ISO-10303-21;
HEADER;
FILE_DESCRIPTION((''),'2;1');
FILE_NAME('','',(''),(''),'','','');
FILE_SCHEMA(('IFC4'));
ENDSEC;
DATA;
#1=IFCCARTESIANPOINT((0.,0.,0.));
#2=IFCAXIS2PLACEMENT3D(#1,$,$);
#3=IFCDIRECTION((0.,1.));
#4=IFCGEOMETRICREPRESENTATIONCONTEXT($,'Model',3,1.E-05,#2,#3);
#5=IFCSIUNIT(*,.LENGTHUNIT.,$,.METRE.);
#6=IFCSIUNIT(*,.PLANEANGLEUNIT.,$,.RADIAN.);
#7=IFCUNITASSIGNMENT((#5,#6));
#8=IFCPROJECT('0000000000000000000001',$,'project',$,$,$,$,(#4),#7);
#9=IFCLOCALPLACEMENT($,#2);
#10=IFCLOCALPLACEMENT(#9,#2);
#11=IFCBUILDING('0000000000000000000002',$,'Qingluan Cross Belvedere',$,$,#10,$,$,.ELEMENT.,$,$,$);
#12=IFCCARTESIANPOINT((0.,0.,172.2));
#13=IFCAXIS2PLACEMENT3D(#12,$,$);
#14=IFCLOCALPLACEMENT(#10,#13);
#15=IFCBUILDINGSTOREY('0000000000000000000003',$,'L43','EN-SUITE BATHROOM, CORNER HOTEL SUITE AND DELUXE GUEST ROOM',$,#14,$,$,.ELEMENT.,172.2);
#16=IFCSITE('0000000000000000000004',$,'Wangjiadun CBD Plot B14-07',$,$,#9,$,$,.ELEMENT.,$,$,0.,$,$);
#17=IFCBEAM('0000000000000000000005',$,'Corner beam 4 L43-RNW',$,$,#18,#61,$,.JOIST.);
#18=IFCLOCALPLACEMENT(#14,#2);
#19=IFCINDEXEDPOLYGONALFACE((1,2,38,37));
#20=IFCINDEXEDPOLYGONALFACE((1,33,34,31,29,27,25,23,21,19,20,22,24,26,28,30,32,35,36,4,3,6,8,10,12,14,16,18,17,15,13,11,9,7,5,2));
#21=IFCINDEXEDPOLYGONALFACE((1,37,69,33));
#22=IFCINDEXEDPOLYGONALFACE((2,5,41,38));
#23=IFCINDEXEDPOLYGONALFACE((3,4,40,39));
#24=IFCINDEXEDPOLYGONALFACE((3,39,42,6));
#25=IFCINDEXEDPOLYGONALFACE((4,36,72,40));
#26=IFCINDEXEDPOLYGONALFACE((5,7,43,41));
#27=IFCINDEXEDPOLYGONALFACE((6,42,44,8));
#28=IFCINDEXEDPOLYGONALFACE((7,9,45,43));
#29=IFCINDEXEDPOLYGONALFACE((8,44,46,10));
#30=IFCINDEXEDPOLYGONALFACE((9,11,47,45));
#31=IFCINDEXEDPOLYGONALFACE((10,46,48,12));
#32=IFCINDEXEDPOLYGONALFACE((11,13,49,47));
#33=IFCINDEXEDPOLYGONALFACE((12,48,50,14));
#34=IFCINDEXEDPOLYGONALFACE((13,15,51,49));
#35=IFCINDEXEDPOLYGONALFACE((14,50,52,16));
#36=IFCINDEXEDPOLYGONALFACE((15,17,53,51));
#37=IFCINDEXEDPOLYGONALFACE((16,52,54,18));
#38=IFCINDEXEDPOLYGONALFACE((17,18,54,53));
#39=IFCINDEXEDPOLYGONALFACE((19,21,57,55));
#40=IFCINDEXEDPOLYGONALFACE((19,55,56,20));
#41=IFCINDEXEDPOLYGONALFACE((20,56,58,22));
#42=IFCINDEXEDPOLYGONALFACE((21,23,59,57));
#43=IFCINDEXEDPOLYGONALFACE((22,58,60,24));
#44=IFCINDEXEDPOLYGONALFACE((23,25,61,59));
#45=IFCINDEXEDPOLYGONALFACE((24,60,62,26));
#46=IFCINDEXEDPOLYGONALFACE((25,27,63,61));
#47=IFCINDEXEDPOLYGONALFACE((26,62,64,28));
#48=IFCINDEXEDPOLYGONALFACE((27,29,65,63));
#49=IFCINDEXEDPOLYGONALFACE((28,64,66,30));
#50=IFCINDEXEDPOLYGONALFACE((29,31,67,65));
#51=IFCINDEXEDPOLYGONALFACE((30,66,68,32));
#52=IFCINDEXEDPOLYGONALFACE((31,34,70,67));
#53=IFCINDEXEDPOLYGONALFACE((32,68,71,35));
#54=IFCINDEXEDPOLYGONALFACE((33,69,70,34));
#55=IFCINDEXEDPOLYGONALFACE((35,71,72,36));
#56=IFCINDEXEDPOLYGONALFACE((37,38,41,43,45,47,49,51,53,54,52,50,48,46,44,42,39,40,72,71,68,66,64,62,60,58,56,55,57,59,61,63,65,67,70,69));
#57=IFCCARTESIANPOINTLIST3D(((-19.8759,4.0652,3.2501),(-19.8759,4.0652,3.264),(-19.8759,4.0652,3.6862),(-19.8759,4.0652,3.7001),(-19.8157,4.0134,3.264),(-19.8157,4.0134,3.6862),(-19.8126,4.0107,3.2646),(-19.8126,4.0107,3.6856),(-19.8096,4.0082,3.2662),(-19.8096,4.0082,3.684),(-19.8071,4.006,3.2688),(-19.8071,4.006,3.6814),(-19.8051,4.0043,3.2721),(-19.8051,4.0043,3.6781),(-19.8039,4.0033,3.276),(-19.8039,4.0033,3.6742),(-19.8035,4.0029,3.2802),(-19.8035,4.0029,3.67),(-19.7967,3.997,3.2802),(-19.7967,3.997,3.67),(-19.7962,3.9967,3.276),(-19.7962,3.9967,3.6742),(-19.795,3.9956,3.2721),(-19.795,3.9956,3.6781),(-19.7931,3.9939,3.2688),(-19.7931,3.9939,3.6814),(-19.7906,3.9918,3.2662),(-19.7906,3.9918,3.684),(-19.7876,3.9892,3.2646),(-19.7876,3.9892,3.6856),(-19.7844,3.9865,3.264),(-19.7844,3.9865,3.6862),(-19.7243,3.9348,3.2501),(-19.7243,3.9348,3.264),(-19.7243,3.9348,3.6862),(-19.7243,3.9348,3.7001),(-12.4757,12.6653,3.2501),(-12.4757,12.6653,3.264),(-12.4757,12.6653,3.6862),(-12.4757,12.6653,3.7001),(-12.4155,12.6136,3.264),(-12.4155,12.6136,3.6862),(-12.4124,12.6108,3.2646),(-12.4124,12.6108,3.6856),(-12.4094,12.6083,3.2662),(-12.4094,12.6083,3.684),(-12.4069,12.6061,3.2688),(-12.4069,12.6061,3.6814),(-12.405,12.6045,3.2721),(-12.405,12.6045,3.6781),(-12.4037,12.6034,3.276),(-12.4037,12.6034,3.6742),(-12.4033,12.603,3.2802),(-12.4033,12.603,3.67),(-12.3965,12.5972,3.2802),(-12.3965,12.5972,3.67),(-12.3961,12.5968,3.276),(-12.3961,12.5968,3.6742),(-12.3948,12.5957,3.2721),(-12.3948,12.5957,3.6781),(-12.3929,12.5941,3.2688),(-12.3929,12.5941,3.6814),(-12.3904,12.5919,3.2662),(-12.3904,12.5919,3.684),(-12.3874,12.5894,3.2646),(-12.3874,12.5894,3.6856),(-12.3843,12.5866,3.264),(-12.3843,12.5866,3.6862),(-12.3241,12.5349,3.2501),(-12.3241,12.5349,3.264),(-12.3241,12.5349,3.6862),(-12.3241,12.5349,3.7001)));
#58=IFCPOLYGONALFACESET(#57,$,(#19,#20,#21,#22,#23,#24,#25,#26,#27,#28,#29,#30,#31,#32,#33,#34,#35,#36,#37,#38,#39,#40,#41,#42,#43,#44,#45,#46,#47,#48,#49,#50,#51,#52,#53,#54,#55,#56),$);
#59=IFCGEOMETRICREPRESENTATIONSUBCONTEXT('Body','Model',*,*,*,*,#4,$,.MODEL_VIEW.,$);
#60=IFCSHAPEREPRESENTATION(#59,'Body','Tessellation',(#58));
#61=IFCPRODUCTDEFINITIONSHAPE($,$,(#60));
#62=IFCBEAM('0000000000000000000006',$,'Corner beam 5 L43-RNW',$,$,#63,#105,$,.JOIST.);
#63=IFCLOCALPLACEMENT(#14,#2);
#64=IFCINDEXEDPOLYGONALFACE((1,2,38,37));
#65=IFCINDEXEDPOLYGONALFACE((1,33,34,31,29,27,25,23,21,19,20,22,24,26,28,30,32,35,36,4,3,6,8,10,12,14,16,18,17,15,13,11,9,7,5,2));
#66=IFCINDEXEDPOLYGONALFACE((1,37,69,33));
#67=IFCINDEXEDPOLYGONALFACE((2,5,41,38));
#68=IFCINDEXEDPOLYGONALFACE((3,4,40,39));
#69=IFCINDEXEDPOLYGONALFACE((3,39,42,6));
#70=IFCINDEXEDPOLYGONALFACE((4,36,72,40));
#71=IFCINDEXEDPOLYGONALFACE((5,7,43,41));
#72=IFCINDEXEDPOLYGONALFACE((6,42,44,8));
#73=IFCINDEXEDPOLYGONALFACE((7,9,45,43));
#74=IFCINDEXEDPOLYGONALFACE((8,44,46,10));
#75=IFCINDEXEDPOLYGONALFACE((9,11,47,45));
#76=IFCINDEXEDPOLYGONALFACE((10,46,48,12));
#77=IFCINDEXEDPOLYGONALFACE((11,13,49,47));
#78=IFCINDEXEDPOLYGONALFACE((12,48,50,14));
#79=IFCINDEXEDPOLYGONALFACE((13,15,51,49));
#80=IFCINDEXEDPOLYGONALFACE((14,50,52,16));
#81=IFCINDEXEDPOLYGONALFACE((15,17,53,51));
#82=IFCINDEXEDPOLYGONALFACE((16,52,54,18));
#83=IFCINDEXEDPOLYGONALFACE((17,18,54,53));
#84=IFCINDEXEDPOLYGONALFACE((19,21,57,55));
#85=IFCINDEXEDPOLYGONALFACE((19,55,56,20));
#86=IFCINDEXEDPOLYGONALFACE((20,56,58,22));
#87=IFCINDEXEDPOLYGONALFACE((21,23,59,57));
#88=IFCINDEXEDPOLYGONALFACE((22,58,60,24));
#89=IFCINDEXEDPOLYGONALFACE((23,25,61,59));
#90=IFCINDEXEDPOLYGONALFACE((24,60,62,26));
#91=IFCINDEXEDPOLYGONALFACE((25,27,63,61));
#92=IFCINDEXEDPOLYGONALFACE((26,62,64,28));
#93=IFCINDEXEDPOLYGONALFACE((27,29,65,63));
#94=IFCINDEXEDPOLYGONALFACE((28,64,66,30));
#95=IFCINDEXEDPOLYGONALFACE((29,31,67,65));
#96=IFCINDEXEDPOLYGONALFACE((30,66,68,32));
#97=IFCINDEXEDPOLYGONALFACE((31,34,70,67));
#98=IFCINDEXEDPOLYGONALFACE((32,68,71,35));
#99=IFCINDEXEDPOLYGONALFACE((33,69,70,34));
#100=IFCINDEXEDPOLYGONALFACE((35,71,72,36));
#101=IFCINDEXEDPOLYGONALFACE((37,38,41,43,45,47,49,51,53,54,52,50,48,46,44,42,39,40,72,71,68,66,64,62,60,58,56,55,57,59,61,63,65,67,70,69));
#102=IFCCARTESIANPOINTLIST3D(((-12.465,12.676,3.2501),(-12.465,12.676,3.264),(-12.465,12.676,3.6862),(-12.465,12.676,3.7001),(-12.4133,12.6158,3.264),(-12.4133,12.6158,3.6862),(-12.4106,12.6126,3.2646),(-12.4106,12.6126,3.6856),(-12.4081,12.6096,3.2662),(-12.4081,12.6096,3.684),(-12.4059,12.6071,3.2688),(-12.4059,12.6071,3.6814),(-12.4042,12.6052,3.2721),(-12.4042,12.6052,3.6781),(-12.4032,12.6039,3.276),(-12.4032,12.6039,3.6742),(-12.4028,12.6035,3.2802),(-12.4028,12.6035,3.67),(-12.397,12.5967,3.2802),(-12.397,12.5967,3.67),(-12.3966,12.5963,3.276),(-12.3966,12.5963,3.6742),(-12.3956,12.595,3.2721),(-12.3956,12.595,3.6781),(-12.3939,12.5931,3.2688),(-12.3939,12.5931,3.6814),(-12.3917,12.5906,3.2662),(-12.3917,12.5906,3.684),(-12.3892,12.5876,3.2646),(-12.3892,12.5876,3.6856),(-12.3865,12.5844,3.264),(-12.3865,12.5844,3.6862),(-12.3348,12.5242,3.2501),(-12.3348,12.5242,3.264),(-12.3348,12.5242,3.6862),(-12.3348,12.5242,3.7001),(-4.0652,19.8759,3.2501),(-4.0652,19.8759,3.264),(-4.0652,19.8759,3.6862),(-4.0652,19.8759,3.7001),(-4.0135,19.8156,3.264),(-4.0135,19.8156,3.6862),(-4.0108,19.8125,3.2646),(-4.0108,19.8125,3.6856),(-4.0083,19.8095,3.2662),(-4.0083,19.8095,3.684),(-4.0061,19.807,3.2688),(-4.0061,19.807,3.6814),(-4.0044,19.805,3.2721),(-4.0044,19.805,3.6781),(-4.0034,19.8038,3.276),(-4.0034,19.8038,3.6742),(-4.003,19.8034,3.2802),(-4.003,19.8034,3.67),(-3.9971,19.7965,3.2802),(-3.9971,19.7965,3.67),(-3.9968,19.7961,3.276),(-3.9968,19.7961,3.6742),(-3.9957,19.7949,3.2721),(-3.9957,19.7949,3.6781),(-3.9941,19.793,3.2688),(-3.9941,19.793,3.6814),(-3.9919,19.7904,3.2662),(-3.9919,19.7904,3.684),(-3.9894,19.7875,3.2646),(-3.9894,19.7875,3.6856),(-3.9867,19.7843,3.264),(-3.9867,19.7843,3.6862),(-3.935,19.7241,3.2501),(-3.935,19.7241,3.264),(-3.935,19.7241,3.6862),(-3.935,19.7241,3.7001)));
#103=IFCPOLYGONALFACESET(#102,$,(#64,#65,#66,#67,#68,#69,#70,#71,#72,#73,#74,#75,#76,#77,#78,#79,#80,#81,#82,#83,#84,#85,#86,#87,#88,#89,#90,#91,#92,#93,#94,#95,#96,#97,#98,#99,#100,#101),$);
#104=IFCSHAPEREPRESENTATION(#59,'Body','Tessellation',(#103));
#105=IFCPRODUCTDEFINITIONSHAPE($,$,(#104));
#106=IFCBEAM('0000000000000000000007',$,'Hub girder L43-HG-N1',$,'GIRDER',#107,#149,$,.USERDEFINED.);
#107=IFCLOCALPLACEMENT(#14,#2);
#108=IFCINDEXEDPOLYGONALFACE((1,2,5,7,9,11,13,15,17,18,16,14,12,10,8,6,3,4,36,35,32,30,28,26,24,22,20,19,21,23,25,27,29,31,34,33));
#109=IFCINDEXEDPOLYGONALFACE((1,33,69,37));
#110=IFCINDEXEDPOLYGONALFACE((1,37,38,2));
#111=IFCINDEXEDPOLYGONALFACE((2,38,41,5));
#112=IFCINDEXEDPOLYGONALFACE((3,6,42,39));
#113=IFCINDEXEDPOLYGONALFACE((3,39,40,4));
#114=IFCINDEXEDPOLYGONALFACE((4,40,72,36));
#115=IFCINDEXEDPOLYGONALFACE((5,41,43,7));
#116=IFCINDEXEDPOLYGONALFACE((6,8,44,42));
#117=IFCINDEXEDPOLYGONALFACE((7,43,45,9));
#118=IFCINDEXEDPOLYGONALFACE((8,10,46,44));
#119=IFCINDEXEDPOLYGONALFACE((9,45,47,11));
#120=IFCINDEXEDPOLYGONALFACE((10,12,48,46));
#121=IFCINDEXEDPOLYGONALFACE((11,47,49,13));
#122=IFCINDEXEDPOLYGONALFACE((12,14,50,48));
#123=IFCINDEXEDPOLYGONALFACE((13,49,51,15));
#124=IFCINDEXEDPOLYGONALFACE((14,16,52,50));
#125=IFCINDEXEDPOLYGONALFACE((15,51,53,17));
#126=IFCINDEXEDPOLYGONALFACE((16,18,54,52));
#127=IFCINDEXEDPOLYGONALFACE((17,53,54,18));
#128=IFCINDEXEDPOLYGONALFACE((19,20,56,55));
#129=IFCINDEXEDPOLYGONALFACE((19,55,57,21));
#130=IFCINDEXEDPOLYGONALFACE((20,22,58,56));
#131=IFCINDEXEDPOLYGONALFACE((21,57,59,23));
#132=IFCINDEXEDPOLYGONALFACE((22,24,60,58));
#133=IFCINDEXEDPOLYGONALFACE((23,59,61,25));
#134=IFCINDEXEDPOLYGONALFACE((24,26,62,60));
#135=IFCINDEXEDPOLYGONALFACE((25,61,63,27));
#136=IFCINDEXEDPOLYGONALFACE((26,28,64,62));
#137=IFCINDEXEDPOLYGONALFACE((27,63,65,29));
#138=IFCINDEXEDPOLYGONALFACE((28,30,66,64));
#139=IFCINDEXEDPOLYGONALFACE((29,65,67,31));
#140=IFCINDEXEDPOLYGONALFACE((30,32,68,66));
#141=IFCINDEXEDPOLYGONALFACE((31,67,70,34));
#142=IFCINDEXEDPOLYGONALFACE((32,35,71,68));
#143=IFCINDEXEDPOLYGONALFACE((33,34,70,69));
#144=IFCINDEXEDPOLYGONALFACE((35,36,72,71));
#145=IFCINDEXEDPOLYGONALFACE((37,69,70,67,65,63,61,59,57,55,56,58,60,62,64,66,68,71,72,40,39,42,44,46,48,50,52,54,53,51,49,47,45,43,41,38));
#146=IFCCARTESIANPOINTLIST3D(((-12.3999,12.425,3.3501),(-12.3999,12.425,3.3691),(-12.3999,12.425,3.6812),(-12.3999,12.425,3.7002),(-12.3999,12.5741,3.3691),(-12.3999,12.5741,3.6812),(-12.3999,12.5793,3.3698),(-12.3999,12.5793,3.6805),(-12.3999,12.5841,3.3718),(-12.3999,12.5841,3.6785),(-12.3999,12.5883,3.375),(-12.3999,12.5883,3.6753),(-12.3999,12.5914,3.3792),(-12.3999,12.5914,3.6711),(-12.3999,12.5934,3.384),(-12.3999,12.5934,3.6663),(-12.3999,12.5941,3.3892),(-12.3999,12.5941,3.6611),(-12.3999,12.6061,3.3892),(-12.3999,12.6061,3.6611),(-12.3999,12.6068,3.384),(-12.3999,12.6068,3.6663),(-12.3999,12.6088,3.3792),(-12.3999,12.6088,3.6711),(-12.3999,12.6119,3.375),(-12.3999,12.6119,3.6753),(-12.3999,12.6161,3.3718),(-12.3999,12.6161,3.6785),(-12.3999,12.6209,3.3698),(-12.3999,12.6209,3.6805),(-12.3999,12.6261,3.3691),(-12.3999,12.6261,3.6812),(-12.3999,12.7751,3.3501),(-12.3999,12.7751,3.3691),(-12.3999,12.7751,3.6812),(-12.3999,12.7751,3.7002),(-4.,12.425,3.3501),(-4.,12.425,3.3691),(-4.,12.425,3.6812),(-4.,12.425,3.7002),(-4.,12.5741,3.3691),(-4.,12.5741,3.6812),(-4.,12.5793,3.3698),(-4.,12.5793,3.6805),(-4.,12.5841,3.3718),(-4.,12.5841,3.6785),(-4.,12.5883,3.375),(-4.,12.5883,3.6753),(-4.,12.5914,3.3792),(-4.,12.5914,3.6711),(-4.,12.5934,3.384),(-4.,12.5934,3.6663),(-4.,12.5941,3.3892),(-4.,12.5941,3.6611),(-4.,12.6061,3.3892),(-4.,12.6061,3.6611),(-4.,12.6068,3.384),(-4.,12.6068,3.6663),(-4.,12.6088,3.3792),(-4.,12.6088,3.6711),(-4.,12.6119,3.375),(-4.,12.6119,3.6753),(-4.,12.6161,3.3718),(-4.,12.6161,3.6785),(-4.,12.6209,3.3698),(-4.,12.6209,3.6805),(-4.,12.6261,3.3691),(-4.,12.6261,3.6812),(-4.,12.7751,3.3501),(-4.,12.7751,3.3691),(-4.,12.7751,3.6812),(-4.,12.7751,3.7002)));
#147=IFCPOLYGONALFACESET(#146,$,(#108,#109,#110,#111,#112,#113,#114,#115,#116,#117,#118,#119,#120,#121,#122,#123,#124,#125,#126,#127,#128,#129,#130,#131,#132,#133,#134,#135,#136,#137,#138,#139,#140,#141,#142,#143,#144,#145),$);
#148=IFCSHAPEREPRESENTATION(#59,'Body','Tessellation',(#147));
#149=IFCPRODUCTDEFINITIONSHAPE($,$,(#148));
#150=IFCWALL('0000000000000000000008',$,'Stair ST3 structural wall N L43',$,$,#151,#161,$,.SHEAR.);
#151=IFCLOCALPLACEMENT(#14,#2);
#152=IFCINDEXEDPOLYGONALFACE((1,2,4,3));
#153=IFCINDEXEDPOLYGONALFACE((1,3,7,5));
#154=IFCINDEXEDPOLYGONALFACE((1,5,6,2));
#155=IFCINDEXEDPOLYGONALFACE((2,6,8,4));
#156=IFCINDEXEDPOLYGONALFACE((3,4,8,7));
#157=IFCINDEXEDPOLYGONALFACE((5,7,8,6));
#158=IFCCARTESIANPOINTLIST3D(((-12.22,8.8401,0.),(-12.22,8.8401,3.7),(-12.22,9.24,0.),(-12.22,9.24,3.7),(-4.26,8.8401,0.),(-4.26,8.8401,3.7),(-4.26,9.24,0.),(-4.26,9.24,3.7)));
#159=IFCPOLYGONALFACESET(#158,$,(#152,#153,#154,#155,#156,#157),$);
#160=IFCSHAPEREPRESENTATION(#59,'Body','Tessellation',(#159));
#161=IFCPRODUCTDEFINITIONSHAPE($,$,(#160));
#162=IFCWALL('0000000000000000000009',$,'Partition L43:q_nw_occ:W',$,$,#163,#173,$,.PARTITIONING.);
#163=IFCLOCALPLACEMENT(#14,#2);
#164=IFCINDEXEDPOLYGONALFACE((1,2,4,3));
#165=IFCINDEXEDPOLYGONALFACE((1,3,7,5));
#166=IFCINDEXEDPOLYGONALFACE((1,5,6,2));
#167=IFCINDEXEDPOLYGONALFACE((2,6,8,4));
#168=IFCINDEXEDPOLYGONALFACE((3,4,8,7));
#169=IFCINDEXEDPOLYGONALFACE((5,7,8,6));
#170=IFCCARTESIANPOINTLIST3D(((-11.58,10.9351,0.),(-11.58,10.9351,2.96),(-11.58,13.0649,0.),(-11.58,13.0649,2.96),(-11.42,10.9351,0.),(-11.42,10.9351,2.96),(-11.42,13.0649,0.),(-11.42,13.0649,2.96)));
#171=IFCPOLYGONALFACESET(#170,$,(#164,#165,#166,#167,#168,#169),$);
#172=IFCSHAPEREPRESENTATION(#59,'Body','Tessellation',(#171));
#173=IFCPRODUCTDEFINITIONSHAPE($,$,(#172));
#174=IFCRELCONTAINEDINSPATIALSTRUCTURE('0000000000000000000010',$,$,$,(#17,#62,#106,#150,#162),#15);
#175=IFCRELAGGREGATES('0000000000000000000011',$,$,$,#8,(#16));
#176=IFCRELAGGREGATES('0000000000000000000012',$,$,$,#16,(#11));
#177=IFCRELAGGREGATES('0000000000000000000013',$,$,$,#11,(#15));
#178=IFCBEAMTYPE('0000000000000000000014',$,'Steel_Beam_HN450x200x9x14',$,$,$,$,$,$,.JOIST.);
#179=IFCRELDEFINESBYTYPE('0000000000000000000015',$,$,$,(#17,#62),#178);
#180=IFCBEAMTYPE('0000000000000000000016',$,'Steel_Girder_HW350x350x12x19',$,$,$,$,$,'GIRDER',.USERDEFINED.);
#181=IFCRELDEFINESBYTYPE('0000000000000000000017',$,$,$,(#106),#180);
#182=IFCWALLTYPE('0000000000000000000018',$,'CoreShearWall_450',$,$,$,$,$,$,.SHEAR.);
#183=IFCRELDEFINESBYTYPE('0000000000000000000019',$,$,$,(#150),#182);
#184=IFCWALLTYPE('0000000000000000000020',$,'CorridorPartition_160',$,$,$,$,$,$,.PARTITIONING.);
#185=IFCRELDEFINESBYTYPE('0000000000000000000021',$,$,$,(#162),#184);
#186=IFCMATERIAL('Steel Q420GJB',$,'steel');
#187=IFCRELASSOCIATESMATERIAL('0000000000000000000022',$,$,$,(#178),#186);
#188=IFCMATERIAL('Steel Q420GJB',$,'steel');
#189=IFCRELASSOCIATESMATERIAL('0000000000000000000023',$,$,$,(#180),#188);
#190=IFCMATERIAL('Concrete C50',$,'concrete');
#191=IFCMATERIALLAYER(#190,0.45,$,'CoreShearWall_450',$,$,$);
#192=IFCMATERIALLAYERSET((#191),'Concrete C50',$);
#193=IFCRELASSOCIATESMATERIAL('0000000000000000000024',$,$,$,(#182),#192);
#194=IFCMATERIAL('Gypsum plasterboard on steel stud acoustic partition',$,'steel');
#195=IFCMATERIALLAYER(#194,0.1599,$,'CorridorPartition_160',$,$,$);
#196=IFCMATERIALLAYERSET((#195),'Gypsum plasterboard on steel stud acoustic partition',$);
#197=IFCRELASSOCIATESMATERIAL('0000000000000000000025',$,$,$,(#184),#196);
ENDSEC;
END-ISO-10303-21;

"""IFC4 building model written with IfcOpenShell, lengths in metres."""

from ifc_helpers import new_model, si_unit, direction, frame, frame_2d, origin, origin_2d, place, context, subcontext, project, spatial, rectangle, i_section, extrude, material, layer, layer_set, material_profile, profile_set, type_object, element, save


model = new_model("IFC4")

# Units and contexts
model_context = context("Model", 3, precision=1e-05, world=origin(), true_north=direction((0.0, 1.0)))
body_context = subcontext(model_context, "Body", "Model", "MODEL_VIEW")
ifc_project = project(units=[si_unit("LENGTHUNIT", "METRE"), si_unit("PLANEANGLEUNIT", "RADIAN")], contexts=[model_context])

# Site, building, storey
site_placement = place(None, origin())
site = spatial("IfcSite", under=ifc_project, at=site_placement, Name="Wangjiadun CBD Plot B14-07", CompositionType="ELEMENT", RefElevation=0.0)
building_placement = place(site_placement, origin())
building = spatial("IfcBuilding", under=site, at=building_placement, Name="Qingluan Cross Belvedere", CompositionType="ELEMENT")
storey_placement = place(building_placement, frame((0.0, 0.0, 172.2)))
storey = spatial("IfcBuildingStorey", under=building, at=storey_placement, Name="L43", Description="EN-SUITE BATHROOM, CORNER HOTEL SUITE AND DELUXE GUEST ROOM", CompositionType="ELEMENT", Elevation=172.2)

# Beams
ifc_material_1 = material(Name="Steel Q420GJB", Category="steel")
ifc_material_profile_1 = material_profile(ifc_material_1, i_section(OverallWidth=0.2, OverallDepth=0.45, WebThickness=0.009, FlangeThickness=0.0139, FilletRadius=0.0161, at=origin_2d()), Name="HN450x200x9x14")
ifc_profile_set_1 = profile_set([ifc_material_profile_1], Name="Steel Q420GJB")
beam_type_1 = type_object("IfcBeamType", Name="Steel_Beam_HN450x200x9x14", PredefinedType="JOIST", material=ifc_profile_set_1)
beam_1_placement = place(storey_placement, frame((-12.3999, 12.6001, 3.4751), z_axis=(-0.652245, -0.758008, 0.0), x_axis=(0.758008, -0.652245, 0.0)))
element("IfcBeam", 1, at=beam_1_placement, inside=storey, type_object=beam_type_1, Name="Corner beam 4 L43-RNW", PredefinedType="JOIST", context=body_context, shape_type="SweptSolid", body=[
    extrude(i_section(OverallWidth=0.2, OverallDepth=0.45, WebThickness=0.009, FlangeThickness=0.0139, FilletRadius=0.0161, at=origin_2d()), origin(), (0.0, 0.0, 1.0), 11.3457),
])
beam_2_placement = place(storey_placement, frame((-12.3999, 12.6001, 3.4751), z_axis=(0.759255, 0.650793, 0.0), x_axis=(-0.650793, 0.759255, 0.0)))
element("IfcBeam", 2, at=beam_2_placement, inside=storey, type_object=beam_type_1, Name="Corner beam 5 L43-RNW", PredefinedType="JOIST", context=body_context, shape_type="SweptSolid", body=[
    extrude(i_section(OverallWidth=0.2, OverallDepth=0.45, WebThickness=0.009, FlangeThickness=0.0139, FilletRadius=0.0161, at=origin_2d()), origin(), (0.0, 0.0, 1.0), 11.0632),
])
ifc_material_2 = material(Name="Steel Q420GJB", Category="steel")
ifc_material_profile_2 = material_profile(ifc_material_2, i_section(OverallWidth=0.3501, OverallDepth=0.3501, WebThickness=0.012, FlangeThickness=0.019, FilletRadius=0.02, at=origin_2d()), Name="HW350x350x12x19")
ifc_profile_set_2 = profile_set([ifc_material_profile_2], Name="Steel Q420GJB")
beam_type_2 = type_object("IfcBeamType", Name="Steel_Girder_HW350x350x12x19", ElementType="GIRDER", PredefinedType="USERDEFINED", material=ifc_profile_set_2)
beam_3_placement = place(storey_placement, frame((-12.3999, 12.6001, 3.5251), z_axis=(1.0, 0.0, 0.0), x_axis=(0.0, 1.0, 0.0)))
element("IfcBeam", 3, at=beam_3_placement, inside=storey, type_object=beam_type_2, Name="Hub girder L43-HG-N1", ObjectType="GIRDER", PredefinedType="USERDEFINED", context=body_context, shape_type="SweptSolid", body=[
    extrude(i_section(OverallWidth=0.3501, OverallDepth=0.3501, WebThickness=0.012, FlangeThickness=0.019, FilletRadius=0.02, at=origin_2d()), origin(), (0.0, 0.0, 1.0), 8.3999),
])

# Wall
ifc_material_3 = material(Name="Concrete C50", Category="concrete")
ifc_layer_1 = layer(ifc_material_3, 0.45, Name="CoreShearWall_450")
ifc_layer_set_1 = layer_set([ifc_layer_1], Name="Concrete C50")
wall_type_1 = type_object("IfcWallType", Name="CoreShearWall_450", PredefinedType="SHEAR", material=ifc_layer_set_1)
wall_1_placement = place(storey_placement, frame((-12.22, 9.04, 0.0), z_axis=(0.0, 0.0, 1.0), x_axis=(1.0, 0.0, 0.0)))
element("IfcWall", 4, at=wall_1_placement, inside=storey, type_object=wall_type_1, Name="Stair ST3 structural wall N L43", PredefinedType="SHEAR", context=body_context, shape_type="SweptSolid", body=[
    extrude(rectangle(XDim=7.96, YDim=0.3999, at=frame_2d((3.98, 0.0))), origin(), (0.0, 0.0, 1.0), 3.7),
])

# Shared definitions
ifc_material_4 = material(Name="Gypsum plasterboard on steel stud acoustic partition", Category="steel")
ifc_layer_2 = layer(ifc_material_4, 0.1599, Name="CorridorPartition_160")
ifc_layer_set_2 = layer_set([ifc_layer_2], Name="Gypsum plasterboard on steel stud acoustic partition")
wall_type_2 = type_object("IfcWallType", Name="CorridorPartition_160", PredefinedType="PARTITIONING", material=ifc_layer_set_2)

# Wall
wall_2_placement = place(storey_placement, frame((-11.5, 10.9351, 0.0), z_axis=(0.0, 0.0, 1.0), x_axis=(0.0, 1.0, 0.0)))
element("IfcWall", 5, at=wall_2_placement, inside=storey, type_object=wall_type_2, Name="Partition L43:q_nw_occ:W", PredefinedType="PARTITIONING", context=body_context, shape_type="SweptSolid", body=[
    extrude(rectangle(XDim=2.1299, YDim=0.1599, at=frame_2d((1.0649, 0.0))), origin(), (0.0, 0.0, 1.0), 2.96),
])

save(model, "model.ifc")
